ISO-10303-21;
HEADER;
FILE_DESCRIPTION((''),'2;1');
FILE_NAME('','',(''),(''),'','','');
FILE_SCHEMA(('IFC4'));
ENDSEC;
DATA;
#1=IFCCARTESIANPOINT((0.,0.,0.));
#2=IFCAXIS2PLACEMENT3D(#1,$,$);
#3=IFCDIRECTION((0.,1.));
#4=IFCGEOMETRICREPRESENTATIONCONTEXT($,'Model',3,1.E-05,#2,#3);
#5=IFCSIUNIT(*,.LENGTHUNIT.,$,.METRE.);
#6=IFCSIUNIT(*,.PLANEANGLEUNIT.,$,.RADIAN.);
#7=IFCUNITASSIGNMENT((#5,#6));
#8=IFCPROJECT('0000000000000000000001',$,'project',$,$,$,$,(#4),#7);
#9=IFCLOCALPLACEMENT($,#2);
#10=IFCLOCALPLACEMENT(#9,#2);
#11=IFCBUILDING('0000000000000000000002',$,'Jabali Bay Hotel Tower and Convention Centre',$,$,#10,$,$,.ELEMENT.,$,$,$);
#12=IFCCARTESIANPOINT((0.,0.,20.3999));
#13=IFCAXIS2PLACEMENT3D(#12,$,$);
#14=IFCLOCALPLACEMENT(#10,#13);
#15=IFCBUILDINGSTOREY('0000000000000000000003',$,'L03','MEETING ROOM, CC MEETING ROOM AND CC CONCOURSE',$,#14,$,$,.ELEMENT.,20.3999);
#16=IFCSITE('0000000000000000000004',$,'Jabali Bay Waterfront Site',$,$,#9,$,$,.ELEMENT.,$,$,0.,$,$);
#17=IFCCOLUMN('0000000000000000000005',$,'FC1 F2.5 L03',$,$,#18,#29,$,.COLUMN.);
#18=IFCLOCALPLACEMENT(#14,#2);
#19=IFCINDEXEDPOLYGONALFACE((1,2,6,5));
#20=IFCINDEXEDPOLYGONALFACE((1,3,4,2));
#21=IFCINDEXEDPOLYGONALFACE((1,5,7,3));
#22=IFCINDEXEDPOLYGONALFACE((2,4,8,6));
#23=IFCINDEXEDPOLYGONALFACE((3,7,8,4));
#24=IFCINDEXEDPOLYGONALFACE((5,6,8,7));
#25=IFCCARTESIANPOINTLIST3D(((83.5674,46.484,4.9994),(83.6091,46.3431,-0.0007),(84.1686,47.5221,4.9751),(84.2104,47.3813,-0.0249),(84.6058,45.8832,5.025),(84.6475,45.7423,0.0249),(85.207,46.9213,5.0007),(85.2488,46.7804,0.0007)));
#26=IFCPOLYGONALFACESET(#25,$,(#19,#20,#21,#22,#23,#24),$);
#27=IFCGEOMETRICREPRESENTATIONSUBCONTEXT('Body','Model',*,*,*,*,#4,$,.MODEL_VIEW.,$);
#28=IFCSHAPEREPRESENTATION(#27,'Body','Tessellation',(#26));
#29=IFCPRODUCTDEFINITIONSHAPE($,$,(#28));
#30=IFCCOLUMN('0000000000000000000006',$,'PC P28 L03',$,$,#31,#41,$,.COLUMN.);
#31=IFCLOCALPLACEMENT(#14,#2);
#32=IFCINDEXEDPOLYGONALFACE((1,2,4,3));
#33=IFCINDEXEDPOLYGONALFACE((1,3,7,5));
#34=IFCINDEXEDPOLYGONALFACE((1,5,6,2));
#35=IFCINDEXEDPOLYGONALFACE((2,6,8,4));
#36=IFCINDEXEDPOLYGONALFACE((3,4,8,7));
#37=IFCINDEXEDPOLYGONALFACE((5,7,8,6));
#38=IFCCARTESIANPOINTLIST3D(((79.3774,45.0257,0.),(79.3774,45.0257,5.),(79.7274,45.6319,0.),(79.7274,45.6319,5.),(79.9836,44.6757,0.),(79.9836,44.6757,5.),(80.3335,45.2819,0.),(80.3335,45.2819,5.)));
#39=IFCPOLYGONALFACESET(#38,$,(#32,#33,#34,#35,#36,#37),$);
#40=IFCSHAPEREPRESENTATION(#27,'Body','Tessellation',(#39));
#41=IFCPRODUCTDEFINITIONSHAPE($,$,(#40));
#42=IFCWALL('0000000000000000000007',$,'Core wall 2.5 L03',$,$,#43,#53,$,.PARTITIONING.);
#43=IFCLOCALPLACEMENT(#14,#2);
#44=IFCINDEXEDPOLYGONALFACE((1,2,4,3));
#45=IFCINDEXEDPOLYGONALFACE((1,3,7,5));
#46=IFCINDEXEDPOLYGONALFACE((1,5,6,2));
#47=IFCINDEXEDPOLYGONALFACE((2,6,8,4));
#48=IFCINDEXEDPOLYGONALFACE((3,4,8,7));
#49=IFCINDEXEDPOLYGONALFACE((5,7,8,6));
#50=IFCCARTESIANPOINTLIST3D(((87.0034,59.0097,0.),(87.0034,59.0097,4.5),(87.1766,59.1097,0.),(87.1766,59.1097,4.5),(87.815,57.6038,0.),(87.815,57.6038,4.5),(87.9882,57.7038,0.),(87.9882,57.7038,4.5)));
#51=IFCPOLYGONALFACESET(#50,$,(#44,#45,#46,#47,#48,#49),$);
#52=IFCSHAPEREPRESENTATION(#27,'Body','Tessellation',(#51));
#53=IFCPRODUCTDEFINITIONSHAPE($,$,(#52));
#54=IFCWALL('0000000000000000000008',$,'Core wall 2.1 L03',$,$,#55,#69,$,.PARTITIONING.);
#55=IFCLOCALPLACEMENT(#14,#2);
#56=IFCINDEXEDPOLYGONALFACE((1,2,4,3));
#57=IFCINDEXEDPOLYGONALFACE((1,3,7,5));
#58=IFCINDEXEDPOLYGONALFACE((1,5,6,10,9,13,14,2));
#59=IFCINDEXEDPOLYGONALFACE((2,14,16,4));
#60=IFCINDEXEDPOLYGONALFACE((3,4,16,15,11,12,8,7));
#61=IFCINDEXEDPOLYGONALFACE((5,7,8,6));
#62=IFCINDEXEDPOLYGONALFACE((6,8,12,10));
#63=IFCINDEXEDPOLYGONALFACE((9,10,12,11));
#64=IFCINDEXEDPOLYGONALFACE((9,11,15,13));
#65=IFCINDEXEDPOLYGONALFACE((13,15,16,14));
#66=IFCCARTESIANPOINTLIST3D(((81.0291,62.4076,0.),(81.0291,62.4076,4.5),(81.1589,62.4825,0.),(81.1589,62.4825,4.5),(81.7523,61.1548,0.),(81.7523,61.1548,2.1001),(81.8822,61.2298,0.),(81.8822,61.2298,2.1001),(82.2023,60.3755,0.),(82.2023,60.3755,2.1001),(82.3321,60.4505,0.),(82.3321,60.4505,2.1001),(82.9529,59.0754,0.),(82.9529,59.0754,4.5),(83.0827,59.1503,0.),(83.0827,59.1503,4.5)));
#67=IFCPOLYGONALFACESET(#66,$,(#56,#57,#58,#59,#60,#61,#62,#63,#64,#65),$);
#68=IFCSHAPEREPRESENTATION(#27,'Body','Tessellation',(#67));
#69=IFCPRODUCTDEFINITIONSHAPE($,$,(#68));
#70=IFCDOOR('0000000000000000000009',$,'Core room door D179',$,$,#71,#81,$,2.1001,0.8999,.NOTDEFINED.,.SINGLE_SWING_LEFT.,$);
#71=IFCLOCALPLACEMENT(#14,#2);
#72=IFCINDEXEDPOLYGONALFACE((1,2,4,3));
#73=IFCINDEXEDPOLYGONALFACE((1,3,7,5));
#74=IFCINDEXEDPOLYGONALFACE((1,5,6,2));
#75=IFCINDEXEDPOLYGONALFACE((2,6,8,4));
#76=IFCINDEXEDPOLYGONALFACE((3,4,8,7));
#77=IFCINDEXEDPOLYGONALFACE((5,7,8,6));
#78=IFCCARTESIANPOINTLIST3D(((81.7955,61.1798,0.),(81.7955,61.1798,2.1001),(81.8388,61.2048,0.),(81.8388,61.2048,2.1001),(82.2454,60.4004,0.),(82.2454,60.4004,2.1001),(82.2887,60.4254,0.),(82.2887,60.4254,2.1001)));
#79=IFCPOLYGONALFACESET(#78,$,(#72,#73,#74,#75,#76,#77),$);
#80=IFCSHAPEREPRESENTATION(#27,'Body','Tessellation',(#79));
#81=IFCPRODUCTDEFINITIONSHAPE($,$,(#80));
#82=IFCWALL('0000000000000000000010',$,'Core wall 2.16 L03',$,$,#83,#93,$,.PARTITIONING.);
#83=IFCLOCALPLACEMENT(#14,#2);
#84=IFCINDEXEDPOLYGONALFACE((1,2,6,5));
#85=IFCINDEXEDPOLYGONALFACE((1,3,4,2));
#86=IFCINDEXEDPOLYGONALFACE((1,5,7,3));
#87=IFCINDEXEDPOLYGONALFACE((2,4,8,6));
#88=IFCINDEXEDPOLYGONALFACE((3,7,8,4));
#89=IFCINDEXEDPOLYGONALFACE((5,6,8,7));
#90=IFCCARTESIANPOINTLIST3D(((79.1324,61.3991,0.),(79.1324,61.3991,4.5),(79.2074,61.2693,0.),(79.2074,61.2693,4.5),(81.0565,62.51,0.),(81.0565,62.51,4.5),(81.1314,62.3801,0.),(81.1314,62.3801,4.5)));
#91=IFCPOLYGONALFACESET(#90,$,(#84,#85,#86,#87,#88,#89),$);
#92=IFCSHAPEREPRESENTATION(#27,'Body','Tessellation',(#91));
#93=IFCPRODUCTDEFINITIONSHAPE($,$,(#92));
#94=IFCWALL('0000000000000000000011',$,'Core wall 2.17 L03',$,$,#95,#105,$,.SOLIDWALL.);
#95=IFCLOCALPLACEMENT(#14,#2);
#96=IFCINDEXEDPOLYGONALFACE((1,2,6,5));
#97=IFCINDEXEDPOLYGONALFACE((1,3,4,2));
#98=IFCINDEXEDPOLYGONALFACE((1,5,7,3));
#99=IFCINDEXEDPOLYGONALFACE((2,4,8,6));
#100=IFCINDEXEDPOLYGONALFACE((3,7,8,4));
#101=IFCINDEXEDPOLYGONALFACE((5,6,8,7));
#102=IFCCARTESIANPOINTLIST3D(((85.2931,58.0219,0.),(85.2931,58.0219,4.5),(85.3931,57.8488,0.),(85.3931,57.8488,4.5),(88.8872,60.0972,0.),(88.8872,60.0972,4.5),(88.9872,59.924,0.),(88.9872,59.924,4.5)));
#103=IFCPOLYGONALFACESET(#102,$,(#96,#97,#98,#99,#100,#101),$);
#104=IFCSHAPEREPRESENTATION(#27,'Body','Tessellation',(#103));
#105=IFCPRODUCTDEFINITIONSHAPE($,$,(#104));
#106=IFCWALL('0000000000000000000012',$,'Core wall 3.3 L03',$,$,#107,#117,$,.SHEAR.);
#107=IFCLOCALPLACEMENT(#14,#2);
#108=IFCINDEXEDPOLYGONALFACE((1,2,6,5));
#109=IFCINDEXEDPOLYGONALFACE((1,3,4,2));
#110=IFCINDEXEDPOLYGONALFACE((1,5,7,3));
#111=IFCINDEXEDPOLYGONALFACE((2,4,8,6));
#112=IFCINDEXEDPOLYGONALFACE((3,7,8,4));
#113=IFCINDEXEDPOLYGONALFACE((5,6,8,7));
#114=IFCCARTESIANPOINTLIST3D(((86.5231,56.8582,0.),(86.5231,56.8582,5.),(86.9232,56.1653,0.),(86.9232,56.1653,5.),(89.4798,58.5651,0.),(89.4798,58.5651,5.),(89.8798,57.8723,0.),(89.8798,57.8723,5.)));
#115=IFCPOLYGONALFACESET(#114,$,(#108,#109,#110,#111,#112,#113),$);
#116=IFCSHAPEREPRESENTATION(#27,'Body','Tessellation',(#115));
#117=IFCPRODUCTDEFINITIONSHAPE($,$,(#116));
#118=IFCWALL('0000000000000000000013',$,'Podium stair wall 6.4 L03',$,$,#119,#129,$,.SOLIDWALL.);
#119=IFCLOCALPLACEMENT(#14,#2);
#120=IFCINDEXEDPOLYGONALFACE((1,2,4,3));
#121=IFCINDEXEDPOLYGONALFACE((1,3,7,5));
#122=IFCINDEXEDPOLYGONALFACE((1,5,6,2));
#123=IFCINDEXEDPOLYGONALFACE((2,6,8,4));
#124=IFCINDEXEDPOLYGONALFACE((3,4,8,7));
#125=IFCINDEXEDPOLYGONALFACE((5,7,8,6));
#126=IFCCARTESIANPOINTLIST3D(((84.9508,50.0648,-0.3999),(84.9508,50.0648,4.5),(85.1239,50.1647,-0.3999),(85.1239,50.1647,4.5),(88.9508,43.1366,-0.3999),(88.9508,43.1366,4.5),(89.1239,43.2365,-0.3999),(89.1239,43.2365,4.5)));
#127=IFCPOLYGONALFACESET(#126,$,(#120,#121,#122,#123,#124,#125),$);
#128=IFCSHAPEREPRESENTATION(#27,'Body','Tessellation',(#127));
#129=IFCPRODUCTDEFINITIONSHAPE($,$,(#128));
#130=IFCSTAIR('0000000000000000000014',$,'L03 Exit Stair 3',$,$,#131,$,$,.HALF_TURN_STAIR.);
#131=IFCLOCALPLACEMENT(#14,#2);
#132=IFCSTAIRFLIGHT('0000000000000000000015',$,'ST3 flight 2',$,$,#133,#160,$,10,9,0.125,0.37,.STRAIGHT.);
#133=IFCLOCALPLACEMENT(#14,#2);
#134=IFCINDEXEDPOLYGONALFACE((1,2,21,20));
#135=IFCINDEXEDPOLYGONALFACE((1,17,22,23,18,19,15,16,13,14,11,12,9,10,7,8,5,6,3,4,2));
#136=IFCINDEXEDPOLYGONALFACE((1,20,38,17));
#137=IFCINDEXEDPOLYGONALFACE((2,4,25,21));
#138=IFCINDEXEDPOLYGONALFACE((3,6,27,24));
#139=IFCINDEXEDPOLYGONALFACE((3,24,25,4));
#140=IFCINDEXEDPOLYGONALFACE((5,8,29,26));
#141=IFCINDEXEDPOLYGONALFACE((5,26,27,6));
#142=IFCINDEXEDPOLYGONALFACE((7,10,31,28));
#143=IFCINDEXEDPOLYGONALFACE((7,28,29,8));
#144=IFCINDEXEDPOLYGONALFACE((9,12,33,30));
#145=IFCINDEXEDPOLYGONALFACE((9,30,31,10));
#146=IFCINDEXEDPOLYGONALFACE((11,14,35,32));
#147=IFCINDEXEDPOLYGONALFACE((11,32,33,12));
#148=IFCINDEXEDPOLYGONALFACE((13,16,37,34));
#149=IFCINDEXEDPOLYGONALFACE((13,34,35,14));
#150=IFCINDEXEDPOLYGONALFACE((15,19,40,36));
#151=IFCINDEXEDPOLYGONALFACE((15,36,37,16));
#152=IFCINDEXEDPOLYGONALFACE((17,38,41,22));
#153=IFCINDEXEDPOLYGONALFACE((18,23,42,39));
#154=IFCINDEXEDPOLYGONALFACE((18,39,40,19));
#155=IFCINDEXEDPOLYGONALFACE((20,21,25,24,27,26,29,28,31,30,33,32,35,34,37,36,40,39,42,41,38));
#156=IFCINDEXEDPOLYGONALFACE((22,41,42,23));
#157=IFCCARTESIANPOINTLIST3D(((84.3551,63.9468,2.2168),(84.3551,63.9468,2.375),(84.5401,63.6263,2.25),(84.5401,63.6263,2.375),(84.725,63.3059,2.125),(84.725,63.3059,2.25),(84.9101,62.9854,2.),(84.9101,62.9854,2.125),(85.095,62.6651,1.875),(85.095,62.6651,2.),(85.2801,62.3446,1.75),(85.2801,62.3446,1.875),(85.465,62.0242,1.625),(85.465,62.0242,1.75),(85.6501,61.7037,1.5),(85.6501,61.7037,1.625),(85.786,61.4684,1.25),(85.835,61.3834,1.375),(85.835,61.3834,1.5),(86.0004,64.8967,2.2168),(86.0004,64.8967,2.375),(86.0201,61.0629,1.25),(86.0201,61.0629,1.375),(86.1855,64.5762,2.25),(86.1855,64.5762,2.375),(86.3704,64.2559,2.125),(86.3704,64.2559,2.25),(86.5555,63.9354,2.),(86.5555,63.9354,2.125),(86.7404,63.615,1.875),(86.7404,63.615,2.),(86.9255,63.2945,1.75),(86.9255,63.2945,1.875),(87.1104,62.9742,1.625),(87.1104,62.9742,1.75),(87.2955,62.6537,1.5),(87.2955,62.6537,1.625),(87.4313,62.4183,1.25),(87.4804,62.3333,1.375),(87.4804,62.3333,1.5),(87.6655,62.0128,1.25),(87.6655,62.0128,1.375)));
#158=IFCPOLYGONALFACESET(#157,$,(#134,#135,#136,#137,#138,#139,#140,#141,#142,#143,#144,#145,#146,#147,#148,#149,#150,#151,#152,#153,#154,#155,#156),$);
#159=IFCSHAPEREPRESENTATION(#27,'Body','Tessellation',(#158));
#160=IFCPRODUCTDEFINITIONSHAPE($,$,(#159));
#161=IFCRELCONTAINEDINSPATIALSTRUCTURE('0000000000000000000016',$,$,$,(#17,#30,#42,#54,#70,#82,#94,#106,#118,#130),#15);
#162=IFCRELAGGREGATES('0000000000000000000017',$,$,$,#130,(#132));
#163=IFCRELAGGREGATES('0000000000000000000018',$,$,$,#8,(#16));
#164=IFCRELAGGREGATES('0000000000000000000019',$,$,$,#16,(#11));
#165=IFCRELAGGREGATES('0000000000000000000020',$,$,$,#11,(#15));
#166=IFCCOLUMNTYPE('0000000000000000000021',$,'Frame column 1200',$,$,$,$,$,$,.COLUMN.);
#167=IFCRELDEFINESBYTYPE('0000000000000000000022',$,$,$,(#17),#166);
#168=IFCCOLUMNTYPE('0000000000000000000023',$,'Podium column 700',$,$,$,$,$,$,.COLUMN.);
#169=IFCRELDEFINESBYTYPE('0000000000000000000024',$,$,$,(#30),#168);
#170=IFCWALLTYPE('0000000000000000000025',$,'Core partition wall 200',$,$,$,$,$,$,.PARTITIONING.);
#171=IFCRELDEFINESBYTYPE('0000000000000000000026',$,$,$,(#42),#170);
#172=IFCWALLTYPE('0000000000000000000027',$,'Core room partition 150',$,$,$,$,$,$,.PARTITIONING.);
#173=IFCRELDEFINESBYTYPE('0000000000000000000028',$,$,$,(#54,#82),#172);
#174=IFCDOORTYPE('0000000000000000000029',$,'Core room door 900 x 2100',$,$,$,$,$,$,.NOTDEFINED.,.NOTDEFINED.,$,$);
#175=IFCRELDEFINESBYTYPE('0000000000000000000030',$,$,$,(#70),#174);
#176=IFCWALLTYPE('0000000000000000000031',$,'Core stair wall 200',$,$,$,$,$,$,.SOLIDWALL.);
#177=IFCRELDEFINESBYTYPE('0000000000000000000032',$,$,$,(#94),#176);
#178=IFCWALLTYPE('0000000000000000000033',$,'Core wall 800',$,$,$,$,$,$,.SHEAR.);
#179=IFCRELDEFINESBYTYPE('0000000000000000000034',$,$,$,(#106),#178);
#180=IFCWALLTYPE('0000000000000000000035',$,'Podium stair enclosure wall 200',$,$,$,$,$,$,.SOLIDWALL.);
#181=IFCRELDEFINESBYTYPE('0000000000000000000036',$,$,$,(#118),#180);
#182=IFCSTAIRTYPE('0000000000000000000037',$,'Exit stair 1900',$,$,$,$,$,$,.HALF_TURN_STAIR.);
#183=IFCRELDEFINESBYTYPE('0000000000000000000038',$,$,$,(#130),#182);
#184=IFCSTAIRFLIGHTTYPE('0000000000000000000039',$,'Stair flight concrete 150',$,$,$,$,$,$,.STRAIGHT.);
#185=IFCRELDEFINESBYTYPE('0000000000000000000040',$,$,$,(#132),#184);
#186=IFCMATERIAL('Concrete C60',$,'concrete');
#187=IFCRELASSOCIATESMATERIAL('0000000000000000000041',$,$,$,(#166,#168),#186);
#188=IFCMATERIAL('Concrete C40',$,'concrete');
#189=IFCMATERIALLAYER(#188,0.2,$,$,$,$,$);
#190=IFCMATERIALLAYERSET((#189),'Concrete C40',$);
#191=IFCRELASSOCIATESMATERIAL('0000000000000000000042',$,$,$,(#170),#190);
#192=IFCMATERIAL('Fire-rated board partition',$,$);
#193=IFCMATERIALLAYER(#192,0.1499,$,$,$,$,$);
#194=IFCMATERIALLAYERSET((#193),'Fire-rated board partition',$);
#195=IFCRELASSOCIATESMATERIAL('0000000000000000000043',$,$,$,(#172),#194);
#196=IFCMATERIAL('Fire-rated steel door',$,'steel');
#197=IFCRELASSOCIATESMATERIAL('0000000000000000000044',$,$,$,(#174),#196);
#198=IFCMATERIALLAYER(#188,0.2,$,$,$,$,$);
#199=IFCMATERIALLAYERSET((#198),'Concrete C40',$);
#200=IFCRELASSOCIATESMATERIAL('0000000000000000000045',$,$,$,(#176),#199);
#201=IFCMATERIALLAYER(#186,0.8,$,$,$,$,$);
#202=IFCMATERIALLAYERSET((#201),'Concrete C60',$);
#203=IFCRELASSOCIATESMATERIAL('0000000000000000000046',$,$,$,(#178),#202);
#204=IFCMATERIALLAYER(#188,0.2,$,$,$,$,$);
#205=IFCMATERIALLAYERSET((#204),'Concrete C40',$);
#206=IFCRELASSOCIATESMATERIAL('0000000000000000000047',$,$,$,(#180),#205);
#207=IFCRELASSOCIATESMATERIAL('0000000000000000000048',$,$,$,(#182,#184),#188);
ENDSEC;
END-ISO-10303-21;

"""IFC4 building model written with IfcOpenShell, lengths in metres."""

from ifc_helpers import new_model, si_unit, direction, frame, frame_2d, origin, origin_2d, place, context, subcontext, project, spatial, polyline, rectangle, outline, extrude, material, layer, layer_set, material_profile, profile_set, type_object, element, fill, aggregate, save


model = new_model("IFC4")

# Units and contexts
model_context = context("Model", 3, precision=1e-05, world=origin(), true_north=direction((0.0, 1.0)))
body_context = subcontext(model_context, "Body", "Model", "MODEL_VIEW")
ifc_project = project(units=[si_unit("LENGTHUNIT", "METRE"), si_unit("PLANEANGLEUNIT", "RADIAN")], contexts=[model_context])

# Site, building, storey
site_placement = place(None, origin())
site = spatial("IfcSite", under=ifc_project, at=site_placement, Name="Jabali Bay Waterfront Site", CompositionType="ELEMENT", RefElevation=0.0)
building_placement = place(site_placement, origin())
building = spatial("IfcBuilding", under=site, at=building_placement, Name="Jabali Bay Hotel Tower and Convention Centre", CompositionType="ELEMENT")
storey_placement = place(building_placement, frame((0.0, 0.0, 20.3999)))
storey = spatial("IfcBuildingStorey", under=building, at=storey_placement, Name="L03", Description="MEETING ROOM, CC MEETING ROOM AND CC CONCOURSE", CompositionType="ELEMENT", Elevation=20.3999)

# Columns
ifc_material_1 = material(Name="Concrete C60", Category="concrete")
ifc_material_profile_1 = material_profile(ifc_material_1, rectangle(XDim=1.2, YDim=1.2, at=origin_2d()), Name="Frame column 1200")
ifc_profile_set_1 = profile_set([ifc_material_profile_1], Name="Concrete C60")
column_type_1 = type_object("IfcColumnType", Name="Frame column 1200", PredefinedType="COLUMN", material=ifc_profile_set_1)
column_1_placement = place(storey_placement, frame((84.429, 46.5618, 0.0), z_axis=(-0.008346, 0.028162, 0.999569), x_axis=(-0.501079, -0.865166, 0.020191)))
element("IfcColumn", 1, at=column_1_placement, inside=storey, type_object=column_type_1, Name="FC1 F2.5 L03", PredefinedType="COLUMN", context=body_context, shape_type="SweptSolid", body=[
    extrude(rectangle(XDim=1.2, YDim=1.2, at=origin_2d()), origin(), (0.0, 0.0, 1.0), 5.0022),
])
ifc_material_profile_2 = material_profile(ifc_material_1, rectangle(XDim=0.7, YDim=0.7, at=origin_2d()), Name="Podium column 700")
ifc_profile_set_2 = profile_set([ifc_material_profile_2], Name="Concrete C60")
column_type_2 = type_object("IfcColumnType", Name="Podium column 700", PredefinedType="COLUMN", material=ifc_profile_set_2)
column_2_placement = place(storey_placement, frame((79.8555, 45.1538, 0.0), z_axis=(0.0, 0.0, 1.0), x_axis=(0.5, 0.866025, 0.0)))
element("IfcColumn", 2, at=column_2_placement, inside=storey, type_object=column_type_2, Name="PC P28 L03", PredefinedType="COLUMN", context=body_context, shape_type="SweptSolid", body=[
    extrude(rectangle(XDim=0.7, YDim=0.7, at=origin_2d()), origin(), (0.0, 0.0, 1.0), 5.0),
])

# Wall
ifc_material_2 = material(Name="Concrete C40", Category="concrete")
ifc_layer_1 = layer(ifc_material_2, 0.2)
ifc_layer_set_1 = layer_set([ifc_layer_1], Name="Concrete C40")
wall_type_1 = type_object("IfcWallType", Name="Core partition wall 200", PredefinedType="PARTITIONING", material=ifc_layer_set_1)
wall_1_placement = place(storey_placement, frame((87.0901, 59.0596, 0.0), z_axis=(0.0, 0.0, 1.0), x_axis=(0.499957, -0.86605, 0.0)))
element("IfcWall", 3, at=wall_1_placement, inside=storey, type_object=wall_type_1, Name="Core wall 2.5 L03", PredefinedType="PARTITIONING", context=body_context, shape_type="SweptSolid", body=[
    extrude(rectangle(XDim=1.6233, YDim=0.2, at=frame_2d((0.8115, 0.0))), origin(), (0.0, 0.0, 1.0), 4.5),
])

# Wall, opening, door
ifc_material_3 = material(Name="Fire-rated board partition")
ifc_layer_2 = layer(ifc_material_3, 0.1499)
ifc_layer_set_2 = layer_set([ifc_layer_2], Name="Fire-rated board partition")
wall_type_2 = type_object("IfcWallType", Name="Core room partition 150", PredefinedType="PARTITIONING", material=ifc_layer_set_2)
wall_2_placement = place(storey_placement, frame((81.094, 62.4451, 0.0), z_axis=(0.0, 0.0, 1.0), x_axis=(0.499988, -0.866032, 0.0)))
wall_2 = element("IfcWall", 4, at=wall_2_placement, inside=storey, type_object=wall_type_2, Name="Core wall 2.1 L03", PredefinedType="PARTITIONING", context=body_context, shape_type="SweptSolid", body=[
    extrude(rectangle(XDim=3.8477, YDim=0.1499, at=frame_2d((1.9238, 0.0))), origin(), (0.0, 0.0, 1.0), 4.5),
])
opening_placement = place(wall_2_placement, frame((1.4465, 0.0, 0.0)))
opening = element("IfcOpeningElement", 5, at=opening_placement, cuts=wall_2, PredefinedType="OPENING", context=body_context, shape_type="SweptSolid", body=[
    extrude(rectangle(XDim=0.8999, YDim=2.1001, at=frame_2d((0.45, 1.05))), frame((0.0, 0.0854, 0.0), z_axis=(0.0, -1.0, 0.0), x_axis=(1.0, 0.0, 0.0)), (0.0, 0.0, 1.0), 0.1709),
])
ifc_material_4 = material(Name="Fire-rated steel door", Category="steel")
door_type = type_object("IfcDoorType", Name="Core room door 900 x 2100", OperationType="NOTDEFINED", PredefinedType="NOTDEFINED", material=ifc_material_4)
door_placement = place(opening_placement, origin())
door = element("IfcDoor", 6, at=door_placement, inside=storey, type_object=door_type, Name="Core room door D179", OperationType="SINGLE_SWING_LEFT", OverallHeight=2.1001, OverallWidth=0.8999, PredefinedType="NOTDEFINED", context=body_context, shape_type="SweptSolid", body=[
    extrude(rectangle(XDim=0.8999, YDim=2.1001, at=frame_2d((0.45, 1.05))), frame((0.0, 0.0249, 0.0), z_axis=(0.0, -1.0, 0.0), x_axis=(1.0, 0.0, 0.0)), (0.0, 0.0, 1.0), 0.05),
])
fill(opening, door)

# Walls
wall_3_placement = place(storey_placement, frame((79.1699, 61.3342, 0.0), z_axis=(0.0, 0.0, 1.0), x_axis=(0.86603, 0.499992, 0.0)))
element("IfcWall", 7, at=wall_3_placement, inside=storey, type_object=wall_type_2, Name="Core wall 2.16 L03", PredefinedType="PARTITIONING", context=body_context, shape_type="SweptSolid", body=[
    extrude(rectangle(XDim=2.2217, YDim=0.1499, at=frame_2d((1.1108, 0.0))), origin(), (0.0, 0.0, 1.0), 4.5),
])
ifc_layer_3 = layer(ifc_material_2, 0.2)
ifc_layer_set_3 = layer_set([ifc_layer_3], Name="Concrete C40")
wall_type_3 = type_object("IfcWallType", Name="Core stair wall 200", PredefinedType="SOLIDWALL", material=ifc_layer_set_3)
wall_4_placement = place(storey_placement, frame((85.343, 57.9353, 0.0), z_axis=(0.0, 0.0, 1.0), x_axis=(0.866004, 0.500036, 0.0)))
element("IfcWall", 8, at=wall_4_placement, inside=storey, type_object=wall_type_3, Name="Core wall 2.17 L03", PredefinedType="SOLIDWALL", context=body_context, shape_type="SweptSolid", body=[
    extrude(rectangle(XDim=4.1501, YDim=0.2, at=frame_2d((2.0752, 0.0))), origin(), (0.0, 0.0, 1.0), 4.5),
])
ifc_layer_4 = layer(ifc_material_1, 0.8)
ifc_layer_set_4 = layer_set([ifc_layer_4], Name="Concrete C60")
wall_type_4 = type_object("IfcWallType", Name="Core wall 800", PredefinedType="SHEAR", material=ifc_layer_set_4)
wall_5_placement = place(storey_placement, frame((86.7231, 56.5117, 0.0), z_axis=(0.0, 0.0, 1.0), x_axis=(0.866034, 0.499984, 0.0)))
element("IfcWall", 9, at=wall_5_placement, inside=storey, type_object=wall_type_4, Name="Core wall 3.3 L03", PredefinedType="SHEAR", context=body_context, shape_type="SweptSolid", body=[
    extrude(rectangle(XDim=3.4141, YDim=0.8, at=frame_2d((1.707, 0.0))), origin(), (0.0, 0.0, 1.0), 5.0),
])
ifc_layer_5 = layer(ifc_material_2, 0.2)
ifc_layer_set_5 = layer_set([ifc_layer_5], Name="Concrete C40")
wall_type_5 = type_object("IfcWallType", Name="Podium stair enclosure wall 200", PredefinedType="SOLIDWALL", material=ifc_layer_set_5)
wall_6_placement = place(storey_placement, frame((85.0374, 50.1147, -0.3999), z_axis=(0.0, 0.0, 1.0), x_axis=(0.499999, -0.866026, 0.0)))
element("IfcWall", 10, at=wall_6_placement, inside=storey, type_object=wall_type_5, Name="Podium stair wall 6.4 L03", PredefinedType="SOLIDWALL", context=body_context, shape_type="SweptSolid", body=[
    extrude(rectangle(XDim=8.0, YDim=0.2, at=frame_2d((4.0, 0.0))), origin(), (0.0, 0.0, 1.0), 4.8999),
])

# Stair, stair flight
stair_type = type_object("IfcStairType", Name="Exit stair 1900", PredefinedType="HALF_TURN_STAIR", material=ifc_material_2)
stair_placement = place(storey_placement, origin())
stair = element("IfcStair", 11, at=stair_placement, inside=storey, type_object=stair_type, Name="L03 Exit Stair 3", PredefinedType="HALF_TURN_STAIR")
stair_flight_type = type_object("IfcStairFlightType", Name="Stair flight concrete 150", PredefinedType="STRAIGHT", material=ifc_material_2)
stair_flight_1_placement = place(storey_placement, frame((86.8428, 61.5378, 1.25), z_axis=(0.0, 0.0, 1.0), x_axis=(-0.5, 0.866025, 0.0)))
stair_flight_1 = element("IfcStairFlight", 12, at=stair_flight_1_placement, type_object=stair_flight_type, Name="ST3 flight 2", NumberOfRisers=10, NumberOfTreads=9, PredefinedType="STRAIGHT", RiserHeight=0.125, TreadLength=0.37, context=body_context, shape_type="SweptSolid", body=[
    extrude(outline(polyline([(0.0, 0.0), (0.0, 0.125), (0.3701, 0.125), (0.3701, 0.25), (0.74, 0.25), (0.74, 0.375), (1.1101, 0.375), (1.1101, 0.5), (1.48, 0.5), (1.48, 0.625), (1.8501, 0.625), (1.8501, 0.75), (2.22, 0.75), (2.22, 0.875), (2.5901, 0.875), (2.5901, 1.0), (2.96, 1.0), (2.96, 1.125), (3.3301, 1.125), (3.3301, 1.25), (3.3301, 0.9668), (0.4683, 0.0), (0.0, 0.0)])), frame((0.0, 0.95, 0.0), z_axis=(0.0, -1.0, 0.0), x_axis=(1.0, 0.0, 0.0)), (0.0, 0.0, 1.0), 1.8999),
])
aggregate(stair, [stair_flight_1])

save(model, "model.ifc")
